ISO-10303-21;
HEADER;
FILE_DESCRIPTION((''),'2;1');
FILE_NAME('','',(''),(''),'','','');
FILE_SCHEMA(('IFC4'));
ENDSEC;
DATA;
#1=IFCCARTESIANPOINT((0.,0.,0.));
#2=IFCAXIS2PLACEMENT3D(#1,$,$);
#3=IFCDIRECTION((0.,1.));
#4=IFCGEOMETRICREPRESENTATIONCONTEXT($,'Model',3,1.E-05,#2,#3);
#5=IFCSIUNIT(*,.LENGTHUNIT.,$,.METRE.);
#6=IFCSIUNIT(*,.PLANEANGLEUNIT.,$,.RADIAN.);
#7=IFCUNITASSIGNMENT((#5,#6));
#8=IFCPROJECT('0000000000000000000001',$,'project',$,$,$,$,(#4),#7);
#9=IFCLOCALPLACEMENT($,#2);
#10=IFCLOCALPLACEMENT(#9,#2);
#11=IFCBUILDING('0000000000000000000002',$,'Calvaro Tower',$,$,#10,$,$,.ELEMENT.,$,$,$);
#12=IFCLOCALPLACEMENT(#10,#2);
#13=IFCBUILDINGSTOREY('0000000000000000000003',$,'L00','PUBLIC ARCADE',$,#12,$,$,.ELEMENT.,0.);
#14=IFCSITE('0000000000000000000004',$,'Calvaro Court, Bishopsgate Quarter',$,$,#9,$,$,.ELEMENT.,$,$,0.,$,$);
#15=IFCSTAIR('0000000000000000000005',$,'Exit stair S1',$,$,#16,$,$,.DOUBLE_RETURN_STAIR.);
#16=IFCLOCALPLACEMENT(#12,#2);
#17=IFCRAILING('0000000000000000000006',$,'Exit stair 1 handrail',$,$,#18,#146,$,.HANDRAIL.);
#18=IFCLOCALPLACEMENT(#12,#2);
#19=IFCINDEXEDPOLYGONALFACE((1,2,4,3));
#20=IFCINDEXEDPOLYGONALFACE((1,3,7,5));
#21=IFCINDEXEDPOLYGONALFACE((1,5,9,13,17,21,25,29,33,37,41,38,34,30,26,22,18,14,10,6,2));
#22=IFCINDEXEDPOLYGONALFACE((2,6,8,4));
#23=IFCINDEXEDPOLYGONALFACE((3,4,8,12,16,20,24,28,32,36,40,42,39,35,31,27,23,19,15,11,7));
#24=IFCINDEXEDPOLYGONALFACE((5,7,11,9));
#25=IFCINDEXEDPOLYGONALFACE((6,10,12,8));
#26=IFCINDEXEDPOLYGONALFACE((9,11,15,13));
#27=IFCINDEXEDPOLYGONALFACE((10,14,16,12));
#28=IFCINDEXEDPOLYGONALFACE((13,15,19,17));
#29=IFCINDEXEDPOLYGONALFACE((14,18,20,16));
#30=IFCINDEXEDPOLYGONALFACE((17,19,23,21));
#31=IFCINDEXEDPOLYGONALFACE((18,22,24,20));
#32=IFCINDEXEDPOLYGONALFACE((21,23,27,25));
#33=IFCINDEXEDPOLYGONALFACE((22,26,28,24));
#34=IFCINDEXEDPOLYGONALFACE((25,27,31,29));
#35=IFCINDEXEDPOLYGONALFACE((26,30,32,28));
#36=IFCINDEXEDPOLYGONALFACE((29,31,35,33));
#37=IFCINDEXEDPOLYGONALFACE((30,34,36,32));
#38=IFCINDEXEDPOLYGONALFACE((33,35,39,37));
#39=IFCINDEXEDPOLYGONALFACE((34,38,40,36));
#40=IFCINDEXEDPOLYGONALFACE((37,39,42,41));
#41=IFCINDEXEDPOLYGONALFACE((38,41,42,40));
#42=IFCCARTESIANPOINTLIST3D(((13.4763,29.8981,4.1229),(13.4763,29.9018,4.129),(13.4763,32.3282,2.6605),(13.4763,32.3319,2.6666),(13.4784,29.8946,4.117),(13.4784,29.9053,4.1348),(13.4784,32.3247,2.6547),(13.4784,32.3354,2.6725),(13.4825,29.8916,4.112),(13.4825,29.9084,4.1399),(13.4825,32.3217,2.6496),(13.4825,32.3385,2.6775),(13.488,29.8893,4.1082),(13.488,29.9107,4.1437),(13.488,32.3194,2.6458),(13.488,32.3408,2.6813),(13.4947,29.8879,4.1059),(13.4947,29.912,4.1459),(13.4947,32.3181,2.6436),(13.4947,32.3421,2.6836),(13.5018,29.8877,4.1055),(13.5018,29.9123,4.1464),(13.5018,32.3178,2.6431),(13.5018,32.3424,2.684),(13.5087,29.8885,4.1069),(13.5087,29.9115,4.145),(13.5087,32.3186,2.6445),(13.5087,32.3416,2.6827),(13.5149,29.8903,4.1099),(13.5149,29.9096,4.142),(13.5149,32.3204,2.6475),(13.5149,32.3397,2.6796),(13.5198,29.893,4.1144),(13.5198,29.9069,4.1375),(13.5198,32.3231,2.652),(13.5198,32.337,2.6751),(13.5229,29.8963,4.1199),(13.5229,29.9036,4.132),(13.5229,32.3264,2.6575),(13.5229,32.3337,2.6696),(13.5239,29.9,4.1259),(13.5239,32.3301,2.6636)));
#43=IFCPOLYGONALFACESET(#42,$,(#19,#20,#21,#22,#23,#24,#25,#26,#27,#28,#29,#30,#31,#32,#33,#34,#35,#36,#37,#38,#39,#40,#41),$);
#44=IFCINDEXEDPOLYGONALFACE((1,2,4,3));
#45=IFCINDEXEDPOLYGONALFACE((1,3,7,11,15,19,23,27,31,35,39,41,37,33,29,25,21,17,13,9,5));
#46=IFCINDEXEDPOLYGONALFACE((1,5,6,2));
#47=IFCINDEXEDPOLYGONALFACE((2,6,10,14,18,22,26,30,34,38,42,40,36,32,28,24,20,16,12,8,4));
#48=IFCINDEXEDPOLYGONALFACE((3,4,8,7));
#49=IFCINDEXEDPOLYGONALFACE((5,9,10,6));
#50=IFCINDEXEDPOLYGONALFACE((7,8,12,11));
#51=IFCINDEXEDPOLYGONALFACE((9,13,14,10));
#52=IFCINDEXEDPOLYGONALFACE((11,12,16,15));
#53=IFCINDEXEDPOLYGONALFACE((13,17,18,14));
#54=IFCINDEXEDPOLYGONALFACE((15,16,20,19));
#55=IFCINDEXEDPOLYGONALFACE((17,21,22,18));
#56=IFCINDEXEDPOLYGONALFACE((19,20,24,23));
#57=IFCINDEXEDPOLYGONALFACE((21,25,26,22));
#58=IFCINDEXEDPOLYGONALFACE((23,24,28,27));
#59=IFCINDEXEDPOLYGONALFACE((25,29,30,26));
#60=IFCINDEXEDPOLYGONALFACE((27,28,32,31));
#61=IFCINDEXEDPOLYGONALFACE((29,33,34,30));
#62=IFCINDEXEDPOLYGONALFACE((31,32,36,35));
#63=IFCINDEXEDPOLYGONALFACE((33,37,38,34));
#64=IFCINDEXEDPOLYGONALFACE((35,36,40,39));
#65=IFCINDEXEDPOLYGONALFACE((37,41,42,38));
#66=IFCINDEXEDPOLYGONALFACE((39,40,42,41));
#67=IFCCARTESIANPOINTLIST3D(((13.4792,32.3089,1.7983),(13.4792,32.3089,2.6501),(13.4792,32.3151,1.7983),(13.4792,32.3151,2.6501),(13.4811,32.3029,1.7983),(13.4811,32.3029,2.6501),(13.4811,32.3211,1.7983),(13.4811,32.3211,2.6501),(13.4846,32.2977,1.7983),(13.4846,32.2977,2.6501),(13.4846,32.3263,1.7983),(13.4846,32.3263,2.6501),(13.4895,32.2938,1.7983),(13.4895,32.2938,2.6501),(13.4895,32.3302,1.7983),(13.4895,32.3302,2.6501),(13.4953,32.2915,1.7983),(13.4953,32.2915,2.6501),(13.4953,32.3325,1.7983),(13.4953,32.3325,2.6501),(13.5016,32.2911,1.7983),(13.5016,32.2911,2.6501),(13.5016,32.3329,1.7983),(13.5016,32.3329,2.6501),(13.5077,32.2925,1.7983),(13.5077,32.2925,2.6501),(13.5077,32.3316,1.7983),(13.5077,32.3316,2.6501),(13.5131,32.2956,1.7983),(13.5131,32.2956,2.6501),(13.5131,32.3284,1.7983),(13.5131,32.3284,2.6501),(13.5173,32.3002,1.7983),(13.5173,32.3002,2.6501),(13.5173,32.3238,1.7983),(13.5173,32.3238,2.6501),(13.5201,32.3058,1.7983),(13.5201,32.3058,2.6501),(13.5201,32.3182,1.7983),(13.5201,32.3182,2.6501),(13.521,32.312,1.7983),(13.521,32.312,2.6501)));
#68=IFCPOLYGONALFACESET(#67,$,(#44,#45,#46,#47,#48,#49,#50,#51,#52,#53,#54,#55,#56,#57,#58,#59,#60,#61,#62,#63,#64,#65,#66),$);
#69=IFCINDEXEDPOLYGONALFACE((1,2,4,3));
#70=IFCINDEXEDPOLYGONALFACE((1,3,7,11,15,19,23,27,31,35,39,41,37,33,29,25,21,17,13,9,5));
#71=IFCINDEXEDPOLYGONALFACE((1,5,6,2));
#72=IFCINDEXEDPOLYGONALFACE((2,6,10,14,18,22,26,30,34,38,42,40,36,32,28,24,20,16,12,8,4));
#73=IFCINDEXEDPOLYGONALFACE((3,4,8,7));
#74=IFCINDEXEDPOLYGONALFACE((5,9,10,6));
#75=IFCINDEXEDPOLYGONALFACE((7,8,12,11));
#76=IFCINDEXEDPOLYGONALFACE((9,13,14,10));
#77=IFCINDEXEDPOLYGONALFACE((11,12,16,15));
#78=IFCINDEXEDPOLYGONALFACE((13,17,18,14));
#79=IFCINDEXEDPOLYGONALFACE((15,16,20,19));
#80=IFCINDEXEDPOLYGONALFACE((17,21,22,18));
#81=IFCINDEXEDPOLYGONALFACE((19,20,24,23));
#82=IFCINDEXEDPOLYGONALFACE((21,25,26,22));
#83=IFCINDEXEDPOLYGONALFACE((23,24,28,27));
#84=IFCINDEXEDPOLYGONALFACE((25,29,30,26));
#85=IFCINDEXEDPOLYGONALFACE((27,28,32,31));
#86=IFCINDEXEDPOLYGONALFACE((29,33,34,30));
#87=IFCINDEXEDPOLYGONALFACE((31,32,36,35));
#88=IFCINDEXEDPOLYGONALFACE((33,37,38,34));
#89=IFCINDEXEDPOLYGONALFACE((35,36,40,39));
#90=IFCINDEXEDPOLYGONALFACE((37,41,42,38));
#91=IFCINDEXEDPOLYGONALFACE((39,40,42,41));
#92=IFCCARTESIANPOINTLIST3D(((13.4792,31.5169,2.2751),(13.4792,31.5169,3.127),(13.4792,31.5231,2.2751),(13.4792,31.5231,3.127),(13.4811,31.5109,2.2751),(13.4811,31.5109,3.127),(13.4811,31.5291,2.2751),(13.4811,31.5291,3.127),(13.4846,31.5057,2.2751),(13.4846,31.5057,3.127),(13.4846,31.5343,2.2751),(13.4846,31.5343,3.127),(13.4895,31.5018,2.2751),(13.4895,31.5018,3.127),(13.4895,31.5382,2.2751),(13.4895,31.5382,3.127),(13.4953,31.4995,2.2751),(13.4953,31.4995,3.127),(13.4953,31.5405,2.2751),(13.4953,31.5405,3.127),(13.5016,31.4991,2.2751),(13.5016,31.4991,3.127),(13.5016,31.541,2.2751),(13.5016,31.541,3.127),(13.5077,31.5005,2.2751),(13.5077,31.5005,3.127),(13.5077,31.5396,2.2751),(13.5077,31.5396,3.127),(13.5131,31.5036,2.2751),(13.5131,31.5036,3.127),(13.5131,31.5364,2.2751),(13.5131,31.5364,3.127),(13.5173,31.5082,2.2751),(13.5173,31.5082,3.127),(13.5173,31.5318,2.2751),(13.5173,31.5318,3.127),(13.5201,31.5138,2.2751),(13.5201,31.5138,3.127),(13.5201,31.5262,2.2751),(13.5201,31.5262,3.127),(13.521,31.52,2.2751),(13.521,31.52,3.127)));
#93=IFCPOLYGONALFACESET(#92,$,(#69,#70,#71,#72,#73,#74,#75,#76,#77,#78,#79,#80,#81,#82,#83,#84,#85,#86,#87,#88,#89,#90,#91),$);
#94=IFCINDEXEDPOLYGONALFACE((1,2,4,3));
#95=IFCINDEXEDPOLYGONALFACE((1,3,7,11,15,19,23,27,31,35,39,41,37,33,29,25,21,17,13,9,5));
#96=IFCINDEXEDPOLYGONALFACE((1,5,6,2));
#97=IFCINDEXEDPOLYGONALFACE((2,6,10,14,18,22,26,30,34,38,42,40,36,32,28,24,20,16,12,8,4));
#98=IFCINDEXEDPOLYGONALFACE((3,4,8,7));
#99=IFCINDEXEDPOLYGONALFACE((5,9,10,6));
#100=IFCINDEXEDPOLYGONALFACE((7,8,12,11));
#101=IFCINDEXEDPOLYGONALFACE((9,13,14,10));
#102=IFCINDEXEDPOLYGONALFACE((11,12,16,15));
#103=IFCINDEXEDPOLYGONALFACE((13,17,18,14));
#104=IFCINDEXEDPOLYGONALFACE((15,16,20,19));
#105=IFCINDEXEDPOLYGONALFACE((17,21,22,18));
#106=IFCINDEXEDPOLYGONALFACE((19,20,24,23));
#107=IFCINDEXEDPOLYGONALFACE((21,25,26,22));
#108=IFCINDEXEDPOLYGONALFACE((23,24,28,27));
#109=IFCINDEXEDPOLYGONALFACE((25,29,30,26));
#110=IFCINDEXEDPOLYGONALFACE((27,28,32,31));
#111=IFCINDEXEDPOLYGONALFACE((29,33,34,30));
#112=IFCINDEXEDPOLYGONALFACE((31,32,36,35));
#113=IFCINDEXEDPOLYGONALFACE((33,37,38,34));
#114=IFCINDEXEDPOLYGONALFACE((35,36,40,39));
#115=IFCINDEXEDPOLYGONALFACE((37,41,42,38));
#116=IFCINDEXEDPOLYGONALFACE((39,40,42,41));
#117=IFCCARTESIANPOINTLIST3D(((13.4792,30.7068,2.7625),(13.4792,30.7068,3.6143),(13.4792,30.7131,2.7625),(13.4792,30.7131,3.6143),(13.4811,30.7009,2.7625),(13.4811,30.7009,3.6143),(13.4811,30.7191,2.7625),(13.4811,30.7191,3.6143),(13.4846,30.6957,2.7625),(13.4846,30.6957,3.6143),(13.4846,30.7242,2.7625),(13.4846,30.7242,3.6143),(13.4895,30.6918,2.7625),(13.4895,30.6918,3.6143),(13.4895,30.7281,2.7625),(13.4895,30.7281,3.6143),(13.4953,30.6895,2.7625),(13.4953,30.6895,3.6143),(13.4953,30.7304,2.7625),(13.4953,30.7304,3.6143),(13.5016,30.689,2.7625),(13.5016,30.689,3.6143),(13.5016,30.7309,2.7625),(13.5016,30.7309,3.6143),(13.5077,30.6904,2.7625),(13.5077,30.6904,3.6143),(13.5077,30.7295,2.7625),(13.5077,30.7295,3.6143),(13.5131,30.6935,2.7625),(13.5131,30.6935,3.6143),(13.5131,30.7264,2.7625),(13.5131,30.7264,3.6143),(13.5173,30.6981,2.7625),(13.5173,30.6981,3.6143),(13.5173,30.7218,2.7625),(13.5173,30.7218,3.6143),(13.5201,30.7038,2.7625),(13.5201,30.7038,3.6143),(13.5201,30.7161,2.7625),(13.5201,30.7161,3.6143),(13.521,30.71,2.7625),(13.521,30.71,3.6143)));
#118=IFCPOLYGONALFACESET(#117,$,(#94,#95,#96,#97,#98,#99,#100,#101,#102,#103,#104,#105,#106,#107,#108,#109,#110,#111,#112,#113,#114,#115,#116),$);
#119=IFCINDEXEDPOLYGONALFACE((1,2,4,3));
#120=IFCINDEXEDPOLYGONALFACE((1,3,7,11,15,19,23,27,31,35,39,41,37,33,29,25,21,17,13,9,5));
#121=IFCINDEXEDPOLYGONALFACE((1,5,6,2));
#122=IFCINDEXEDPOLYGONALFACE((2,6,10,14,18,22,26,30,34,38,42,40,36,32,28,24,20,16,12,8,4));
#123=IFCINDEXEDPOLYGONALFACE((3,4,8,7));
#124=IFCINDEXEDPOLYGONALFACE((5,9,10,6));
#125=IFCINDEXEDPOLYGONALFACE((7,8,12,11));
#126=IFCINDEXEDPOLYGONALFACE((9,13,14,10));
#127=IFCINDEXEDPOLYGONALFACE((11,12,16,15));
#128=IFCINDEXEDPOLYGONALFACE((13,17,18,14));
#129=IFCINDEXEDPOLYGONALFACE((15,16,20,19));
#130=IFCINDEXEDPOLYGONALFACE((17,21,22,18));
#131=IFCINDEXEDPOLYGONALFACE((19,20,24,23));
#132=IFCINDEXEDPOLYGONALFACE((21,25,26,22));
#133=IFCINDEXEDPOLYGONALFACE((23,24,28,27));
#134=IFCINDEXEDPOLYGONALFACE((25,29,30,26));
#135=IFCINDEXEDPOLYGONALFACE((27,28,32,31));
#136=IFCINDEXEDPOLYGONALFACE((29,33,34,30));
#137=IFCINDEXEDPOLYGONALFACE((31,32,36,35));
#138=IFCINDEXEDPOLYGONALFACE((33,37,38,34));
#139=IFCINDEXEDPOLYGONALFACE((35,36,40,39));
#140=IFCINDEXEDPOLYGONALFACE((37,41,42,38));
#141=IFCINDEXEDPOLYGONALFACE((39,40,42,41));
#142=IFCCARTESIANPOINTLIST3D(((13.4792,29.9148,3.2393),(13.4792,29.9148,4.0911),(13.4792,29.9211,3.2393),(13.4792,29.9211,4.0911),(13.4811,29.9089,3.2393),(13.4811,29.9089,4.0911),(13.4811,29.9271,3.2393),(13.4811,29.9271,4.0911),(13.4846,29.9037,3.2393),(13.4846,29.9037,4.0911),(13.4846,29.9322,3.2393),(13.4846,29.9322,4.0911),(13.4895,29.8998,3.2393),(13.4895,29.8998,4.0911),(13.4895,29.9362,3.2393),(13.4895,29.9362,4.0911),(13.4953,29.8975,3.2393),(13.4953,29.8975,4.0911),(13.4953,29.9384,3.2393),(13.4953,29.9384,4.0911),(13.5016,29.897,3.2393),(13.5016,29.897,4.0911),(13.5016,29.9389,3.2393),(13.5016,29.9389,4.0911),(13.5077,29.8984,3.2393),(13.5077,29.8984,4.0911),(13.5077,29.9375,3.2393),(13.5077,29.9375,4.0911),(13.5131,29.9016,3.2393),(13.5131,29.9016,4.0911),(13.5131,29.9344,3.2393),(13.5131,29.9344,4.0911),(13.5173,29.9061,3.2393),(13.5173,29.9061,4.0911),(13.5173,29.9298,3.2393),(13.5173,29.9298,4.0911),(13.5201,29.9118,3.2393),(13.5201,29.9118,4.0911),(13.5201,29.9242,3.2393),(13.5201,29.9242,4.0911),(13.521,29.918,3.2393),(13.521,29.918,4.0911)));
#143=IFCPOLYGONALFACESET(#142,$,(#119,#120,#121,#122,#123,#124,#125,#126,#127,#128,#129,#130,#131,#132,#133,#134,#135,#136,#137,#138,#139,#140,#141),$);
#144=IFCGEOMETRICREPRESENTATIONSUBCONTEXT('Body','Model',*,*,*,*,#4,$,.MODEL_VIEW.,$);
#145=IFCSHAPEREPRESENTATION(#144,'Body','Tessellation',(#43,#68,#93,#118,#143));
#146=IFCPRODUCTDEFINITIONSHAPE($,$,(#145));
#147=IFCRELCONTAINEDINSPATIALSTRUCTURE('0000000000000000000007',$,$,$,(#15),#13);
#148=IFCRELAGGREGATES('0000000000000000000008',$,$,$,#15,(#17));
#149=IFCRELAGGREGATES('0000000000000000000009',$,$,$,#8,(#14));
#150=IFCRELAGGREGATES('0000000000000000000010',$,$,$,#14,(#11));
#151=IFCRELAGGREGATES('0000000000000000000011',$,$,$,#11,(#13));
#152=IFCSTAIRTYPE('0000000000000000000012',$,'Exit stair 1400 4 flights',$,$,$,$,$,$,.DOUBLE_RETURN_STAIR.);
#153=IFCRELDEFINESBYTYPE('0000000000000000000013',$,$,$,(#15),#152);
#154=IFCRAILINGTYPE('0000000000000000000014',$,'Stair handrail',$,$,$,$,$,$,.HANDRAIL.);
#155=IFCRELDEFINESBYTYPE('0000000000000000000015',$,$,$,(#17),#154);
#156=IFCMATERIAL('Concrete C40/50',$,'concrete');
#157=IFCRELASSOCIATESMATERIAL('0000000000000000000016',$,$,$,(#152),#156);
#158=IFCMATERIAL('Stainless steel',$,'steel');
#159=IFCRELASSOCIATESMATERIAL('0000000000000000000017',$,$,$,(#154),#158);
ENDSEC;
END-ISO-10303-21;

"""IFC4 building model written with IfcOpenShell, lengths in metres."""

from ifc_helpers import new_model, si_unit, direction, frame, origin, origin_2d, place, context, subcontext, project, spatial, circle, extrude, material, type_object, element, aggregate, save


model = new_model("IFC4")

# Units and contexts
model_context = context("Model", 3, precision=1e-05, world=origin(), true_north=direction((0.0, 1.0)))
body_context = subcontext(model_context, "Body", "Model", "MODEL_VIEW")
ifc_project = project(units=[si_unit("LENGTHUNIT", "METRE"), si_unit("PLANEANGLEUNIT", "RADIAN")], contexts=[model_context])

# Site, building, storey
site_placement = place(None, origin())
site = spatial("IfcSite", under=ifc_project, at=site_placement, Name="Calvaro Court, Bishopsgate Quarter", CompositionType="ELEMENT", RefElevation=0.0)
building_placement = place(site_placement, origin())
building = spatial("IfcBuilding", under=site, at=building_placement, Name="Calvaro Tower", CompositionType="ELEMENT")
storey_placement = place(building_placement, origin())
storey = spatial("IfcBuildingStorey", under=building, at=storey_placement, Name="L00", Description="PUBLIC ARCADE", CompositionType="ELEMENT", Elevation=0.0)

# Stair, railing
ifc_material_1 = material(Name="Concrete C40/50", Category="concrete")
stair_type = type_object("IfcStairType", Name="Exit stair 1400 4 flights", PredefinedType="DOUBLE_RETURN_STAIR", material=ifc_material_1)
stair_placement = place(storey_placement, origin())
stair = element("IfcStair", 1, at=stair_placement, inside=storey, type_object=stair_type, Name="Exit stair S1", PredefinedType="DOUBLE_RETURN_STAIR")
ifc_material_2 = material(Name="Stainless steel", Category="steel")
railing_type = type_object("IfcRailingType", Name="Stair handrail", PredefinedType="HANDRAIL", material=ifc_material_2)
railing_1_placement = place(storey_placement, frame((13.5, 32.3301, 1.7876)))
railing_1 = element("IfcRailing", 2, at=railing_1_placement, type_object=railing_type, Name="Exit stair 1 handrail", PredefinedType="HANDRAIL", context=body_context, shape_type="SweptSolid", body=[
    extrude(circle(Radius=0.0239, at=origin_2d()), frame((0.0, 0.0, 0.876), z_axis=(0.0, -0.856824, 0.515609), x_axis=(1.0, 0.0, 0.0)), (0.0, 0.0, 1.0), 2.8362),
    extrude(circle(Radius=0.021, at=origin_2d()), frame((0.0, -0.0181, 0.0107)), (0.0, 0.0, 1.0), 0.8518),
    extrude(circle(Radius=0.021, at=origin_2d()), frame((0.0, -0.8101, 0.4875)), (0.0, 0.0, 1.0), 0.8518),
    extrude(circle(Radius=0.021, at=origin_2d()), frame((0.0, -1.6201, 0.9749)), (0.0, 0.0, 1.0), 0.8518),
    extrude(circle(Radius=0.021, at=origin_2d()), frame((0.0, -2.4121, 1.4517)), (0.0, 0.0, 1.0), 0.8518),
])
aggregate(stair, [railing_1])

save(model, "model.ifc")
